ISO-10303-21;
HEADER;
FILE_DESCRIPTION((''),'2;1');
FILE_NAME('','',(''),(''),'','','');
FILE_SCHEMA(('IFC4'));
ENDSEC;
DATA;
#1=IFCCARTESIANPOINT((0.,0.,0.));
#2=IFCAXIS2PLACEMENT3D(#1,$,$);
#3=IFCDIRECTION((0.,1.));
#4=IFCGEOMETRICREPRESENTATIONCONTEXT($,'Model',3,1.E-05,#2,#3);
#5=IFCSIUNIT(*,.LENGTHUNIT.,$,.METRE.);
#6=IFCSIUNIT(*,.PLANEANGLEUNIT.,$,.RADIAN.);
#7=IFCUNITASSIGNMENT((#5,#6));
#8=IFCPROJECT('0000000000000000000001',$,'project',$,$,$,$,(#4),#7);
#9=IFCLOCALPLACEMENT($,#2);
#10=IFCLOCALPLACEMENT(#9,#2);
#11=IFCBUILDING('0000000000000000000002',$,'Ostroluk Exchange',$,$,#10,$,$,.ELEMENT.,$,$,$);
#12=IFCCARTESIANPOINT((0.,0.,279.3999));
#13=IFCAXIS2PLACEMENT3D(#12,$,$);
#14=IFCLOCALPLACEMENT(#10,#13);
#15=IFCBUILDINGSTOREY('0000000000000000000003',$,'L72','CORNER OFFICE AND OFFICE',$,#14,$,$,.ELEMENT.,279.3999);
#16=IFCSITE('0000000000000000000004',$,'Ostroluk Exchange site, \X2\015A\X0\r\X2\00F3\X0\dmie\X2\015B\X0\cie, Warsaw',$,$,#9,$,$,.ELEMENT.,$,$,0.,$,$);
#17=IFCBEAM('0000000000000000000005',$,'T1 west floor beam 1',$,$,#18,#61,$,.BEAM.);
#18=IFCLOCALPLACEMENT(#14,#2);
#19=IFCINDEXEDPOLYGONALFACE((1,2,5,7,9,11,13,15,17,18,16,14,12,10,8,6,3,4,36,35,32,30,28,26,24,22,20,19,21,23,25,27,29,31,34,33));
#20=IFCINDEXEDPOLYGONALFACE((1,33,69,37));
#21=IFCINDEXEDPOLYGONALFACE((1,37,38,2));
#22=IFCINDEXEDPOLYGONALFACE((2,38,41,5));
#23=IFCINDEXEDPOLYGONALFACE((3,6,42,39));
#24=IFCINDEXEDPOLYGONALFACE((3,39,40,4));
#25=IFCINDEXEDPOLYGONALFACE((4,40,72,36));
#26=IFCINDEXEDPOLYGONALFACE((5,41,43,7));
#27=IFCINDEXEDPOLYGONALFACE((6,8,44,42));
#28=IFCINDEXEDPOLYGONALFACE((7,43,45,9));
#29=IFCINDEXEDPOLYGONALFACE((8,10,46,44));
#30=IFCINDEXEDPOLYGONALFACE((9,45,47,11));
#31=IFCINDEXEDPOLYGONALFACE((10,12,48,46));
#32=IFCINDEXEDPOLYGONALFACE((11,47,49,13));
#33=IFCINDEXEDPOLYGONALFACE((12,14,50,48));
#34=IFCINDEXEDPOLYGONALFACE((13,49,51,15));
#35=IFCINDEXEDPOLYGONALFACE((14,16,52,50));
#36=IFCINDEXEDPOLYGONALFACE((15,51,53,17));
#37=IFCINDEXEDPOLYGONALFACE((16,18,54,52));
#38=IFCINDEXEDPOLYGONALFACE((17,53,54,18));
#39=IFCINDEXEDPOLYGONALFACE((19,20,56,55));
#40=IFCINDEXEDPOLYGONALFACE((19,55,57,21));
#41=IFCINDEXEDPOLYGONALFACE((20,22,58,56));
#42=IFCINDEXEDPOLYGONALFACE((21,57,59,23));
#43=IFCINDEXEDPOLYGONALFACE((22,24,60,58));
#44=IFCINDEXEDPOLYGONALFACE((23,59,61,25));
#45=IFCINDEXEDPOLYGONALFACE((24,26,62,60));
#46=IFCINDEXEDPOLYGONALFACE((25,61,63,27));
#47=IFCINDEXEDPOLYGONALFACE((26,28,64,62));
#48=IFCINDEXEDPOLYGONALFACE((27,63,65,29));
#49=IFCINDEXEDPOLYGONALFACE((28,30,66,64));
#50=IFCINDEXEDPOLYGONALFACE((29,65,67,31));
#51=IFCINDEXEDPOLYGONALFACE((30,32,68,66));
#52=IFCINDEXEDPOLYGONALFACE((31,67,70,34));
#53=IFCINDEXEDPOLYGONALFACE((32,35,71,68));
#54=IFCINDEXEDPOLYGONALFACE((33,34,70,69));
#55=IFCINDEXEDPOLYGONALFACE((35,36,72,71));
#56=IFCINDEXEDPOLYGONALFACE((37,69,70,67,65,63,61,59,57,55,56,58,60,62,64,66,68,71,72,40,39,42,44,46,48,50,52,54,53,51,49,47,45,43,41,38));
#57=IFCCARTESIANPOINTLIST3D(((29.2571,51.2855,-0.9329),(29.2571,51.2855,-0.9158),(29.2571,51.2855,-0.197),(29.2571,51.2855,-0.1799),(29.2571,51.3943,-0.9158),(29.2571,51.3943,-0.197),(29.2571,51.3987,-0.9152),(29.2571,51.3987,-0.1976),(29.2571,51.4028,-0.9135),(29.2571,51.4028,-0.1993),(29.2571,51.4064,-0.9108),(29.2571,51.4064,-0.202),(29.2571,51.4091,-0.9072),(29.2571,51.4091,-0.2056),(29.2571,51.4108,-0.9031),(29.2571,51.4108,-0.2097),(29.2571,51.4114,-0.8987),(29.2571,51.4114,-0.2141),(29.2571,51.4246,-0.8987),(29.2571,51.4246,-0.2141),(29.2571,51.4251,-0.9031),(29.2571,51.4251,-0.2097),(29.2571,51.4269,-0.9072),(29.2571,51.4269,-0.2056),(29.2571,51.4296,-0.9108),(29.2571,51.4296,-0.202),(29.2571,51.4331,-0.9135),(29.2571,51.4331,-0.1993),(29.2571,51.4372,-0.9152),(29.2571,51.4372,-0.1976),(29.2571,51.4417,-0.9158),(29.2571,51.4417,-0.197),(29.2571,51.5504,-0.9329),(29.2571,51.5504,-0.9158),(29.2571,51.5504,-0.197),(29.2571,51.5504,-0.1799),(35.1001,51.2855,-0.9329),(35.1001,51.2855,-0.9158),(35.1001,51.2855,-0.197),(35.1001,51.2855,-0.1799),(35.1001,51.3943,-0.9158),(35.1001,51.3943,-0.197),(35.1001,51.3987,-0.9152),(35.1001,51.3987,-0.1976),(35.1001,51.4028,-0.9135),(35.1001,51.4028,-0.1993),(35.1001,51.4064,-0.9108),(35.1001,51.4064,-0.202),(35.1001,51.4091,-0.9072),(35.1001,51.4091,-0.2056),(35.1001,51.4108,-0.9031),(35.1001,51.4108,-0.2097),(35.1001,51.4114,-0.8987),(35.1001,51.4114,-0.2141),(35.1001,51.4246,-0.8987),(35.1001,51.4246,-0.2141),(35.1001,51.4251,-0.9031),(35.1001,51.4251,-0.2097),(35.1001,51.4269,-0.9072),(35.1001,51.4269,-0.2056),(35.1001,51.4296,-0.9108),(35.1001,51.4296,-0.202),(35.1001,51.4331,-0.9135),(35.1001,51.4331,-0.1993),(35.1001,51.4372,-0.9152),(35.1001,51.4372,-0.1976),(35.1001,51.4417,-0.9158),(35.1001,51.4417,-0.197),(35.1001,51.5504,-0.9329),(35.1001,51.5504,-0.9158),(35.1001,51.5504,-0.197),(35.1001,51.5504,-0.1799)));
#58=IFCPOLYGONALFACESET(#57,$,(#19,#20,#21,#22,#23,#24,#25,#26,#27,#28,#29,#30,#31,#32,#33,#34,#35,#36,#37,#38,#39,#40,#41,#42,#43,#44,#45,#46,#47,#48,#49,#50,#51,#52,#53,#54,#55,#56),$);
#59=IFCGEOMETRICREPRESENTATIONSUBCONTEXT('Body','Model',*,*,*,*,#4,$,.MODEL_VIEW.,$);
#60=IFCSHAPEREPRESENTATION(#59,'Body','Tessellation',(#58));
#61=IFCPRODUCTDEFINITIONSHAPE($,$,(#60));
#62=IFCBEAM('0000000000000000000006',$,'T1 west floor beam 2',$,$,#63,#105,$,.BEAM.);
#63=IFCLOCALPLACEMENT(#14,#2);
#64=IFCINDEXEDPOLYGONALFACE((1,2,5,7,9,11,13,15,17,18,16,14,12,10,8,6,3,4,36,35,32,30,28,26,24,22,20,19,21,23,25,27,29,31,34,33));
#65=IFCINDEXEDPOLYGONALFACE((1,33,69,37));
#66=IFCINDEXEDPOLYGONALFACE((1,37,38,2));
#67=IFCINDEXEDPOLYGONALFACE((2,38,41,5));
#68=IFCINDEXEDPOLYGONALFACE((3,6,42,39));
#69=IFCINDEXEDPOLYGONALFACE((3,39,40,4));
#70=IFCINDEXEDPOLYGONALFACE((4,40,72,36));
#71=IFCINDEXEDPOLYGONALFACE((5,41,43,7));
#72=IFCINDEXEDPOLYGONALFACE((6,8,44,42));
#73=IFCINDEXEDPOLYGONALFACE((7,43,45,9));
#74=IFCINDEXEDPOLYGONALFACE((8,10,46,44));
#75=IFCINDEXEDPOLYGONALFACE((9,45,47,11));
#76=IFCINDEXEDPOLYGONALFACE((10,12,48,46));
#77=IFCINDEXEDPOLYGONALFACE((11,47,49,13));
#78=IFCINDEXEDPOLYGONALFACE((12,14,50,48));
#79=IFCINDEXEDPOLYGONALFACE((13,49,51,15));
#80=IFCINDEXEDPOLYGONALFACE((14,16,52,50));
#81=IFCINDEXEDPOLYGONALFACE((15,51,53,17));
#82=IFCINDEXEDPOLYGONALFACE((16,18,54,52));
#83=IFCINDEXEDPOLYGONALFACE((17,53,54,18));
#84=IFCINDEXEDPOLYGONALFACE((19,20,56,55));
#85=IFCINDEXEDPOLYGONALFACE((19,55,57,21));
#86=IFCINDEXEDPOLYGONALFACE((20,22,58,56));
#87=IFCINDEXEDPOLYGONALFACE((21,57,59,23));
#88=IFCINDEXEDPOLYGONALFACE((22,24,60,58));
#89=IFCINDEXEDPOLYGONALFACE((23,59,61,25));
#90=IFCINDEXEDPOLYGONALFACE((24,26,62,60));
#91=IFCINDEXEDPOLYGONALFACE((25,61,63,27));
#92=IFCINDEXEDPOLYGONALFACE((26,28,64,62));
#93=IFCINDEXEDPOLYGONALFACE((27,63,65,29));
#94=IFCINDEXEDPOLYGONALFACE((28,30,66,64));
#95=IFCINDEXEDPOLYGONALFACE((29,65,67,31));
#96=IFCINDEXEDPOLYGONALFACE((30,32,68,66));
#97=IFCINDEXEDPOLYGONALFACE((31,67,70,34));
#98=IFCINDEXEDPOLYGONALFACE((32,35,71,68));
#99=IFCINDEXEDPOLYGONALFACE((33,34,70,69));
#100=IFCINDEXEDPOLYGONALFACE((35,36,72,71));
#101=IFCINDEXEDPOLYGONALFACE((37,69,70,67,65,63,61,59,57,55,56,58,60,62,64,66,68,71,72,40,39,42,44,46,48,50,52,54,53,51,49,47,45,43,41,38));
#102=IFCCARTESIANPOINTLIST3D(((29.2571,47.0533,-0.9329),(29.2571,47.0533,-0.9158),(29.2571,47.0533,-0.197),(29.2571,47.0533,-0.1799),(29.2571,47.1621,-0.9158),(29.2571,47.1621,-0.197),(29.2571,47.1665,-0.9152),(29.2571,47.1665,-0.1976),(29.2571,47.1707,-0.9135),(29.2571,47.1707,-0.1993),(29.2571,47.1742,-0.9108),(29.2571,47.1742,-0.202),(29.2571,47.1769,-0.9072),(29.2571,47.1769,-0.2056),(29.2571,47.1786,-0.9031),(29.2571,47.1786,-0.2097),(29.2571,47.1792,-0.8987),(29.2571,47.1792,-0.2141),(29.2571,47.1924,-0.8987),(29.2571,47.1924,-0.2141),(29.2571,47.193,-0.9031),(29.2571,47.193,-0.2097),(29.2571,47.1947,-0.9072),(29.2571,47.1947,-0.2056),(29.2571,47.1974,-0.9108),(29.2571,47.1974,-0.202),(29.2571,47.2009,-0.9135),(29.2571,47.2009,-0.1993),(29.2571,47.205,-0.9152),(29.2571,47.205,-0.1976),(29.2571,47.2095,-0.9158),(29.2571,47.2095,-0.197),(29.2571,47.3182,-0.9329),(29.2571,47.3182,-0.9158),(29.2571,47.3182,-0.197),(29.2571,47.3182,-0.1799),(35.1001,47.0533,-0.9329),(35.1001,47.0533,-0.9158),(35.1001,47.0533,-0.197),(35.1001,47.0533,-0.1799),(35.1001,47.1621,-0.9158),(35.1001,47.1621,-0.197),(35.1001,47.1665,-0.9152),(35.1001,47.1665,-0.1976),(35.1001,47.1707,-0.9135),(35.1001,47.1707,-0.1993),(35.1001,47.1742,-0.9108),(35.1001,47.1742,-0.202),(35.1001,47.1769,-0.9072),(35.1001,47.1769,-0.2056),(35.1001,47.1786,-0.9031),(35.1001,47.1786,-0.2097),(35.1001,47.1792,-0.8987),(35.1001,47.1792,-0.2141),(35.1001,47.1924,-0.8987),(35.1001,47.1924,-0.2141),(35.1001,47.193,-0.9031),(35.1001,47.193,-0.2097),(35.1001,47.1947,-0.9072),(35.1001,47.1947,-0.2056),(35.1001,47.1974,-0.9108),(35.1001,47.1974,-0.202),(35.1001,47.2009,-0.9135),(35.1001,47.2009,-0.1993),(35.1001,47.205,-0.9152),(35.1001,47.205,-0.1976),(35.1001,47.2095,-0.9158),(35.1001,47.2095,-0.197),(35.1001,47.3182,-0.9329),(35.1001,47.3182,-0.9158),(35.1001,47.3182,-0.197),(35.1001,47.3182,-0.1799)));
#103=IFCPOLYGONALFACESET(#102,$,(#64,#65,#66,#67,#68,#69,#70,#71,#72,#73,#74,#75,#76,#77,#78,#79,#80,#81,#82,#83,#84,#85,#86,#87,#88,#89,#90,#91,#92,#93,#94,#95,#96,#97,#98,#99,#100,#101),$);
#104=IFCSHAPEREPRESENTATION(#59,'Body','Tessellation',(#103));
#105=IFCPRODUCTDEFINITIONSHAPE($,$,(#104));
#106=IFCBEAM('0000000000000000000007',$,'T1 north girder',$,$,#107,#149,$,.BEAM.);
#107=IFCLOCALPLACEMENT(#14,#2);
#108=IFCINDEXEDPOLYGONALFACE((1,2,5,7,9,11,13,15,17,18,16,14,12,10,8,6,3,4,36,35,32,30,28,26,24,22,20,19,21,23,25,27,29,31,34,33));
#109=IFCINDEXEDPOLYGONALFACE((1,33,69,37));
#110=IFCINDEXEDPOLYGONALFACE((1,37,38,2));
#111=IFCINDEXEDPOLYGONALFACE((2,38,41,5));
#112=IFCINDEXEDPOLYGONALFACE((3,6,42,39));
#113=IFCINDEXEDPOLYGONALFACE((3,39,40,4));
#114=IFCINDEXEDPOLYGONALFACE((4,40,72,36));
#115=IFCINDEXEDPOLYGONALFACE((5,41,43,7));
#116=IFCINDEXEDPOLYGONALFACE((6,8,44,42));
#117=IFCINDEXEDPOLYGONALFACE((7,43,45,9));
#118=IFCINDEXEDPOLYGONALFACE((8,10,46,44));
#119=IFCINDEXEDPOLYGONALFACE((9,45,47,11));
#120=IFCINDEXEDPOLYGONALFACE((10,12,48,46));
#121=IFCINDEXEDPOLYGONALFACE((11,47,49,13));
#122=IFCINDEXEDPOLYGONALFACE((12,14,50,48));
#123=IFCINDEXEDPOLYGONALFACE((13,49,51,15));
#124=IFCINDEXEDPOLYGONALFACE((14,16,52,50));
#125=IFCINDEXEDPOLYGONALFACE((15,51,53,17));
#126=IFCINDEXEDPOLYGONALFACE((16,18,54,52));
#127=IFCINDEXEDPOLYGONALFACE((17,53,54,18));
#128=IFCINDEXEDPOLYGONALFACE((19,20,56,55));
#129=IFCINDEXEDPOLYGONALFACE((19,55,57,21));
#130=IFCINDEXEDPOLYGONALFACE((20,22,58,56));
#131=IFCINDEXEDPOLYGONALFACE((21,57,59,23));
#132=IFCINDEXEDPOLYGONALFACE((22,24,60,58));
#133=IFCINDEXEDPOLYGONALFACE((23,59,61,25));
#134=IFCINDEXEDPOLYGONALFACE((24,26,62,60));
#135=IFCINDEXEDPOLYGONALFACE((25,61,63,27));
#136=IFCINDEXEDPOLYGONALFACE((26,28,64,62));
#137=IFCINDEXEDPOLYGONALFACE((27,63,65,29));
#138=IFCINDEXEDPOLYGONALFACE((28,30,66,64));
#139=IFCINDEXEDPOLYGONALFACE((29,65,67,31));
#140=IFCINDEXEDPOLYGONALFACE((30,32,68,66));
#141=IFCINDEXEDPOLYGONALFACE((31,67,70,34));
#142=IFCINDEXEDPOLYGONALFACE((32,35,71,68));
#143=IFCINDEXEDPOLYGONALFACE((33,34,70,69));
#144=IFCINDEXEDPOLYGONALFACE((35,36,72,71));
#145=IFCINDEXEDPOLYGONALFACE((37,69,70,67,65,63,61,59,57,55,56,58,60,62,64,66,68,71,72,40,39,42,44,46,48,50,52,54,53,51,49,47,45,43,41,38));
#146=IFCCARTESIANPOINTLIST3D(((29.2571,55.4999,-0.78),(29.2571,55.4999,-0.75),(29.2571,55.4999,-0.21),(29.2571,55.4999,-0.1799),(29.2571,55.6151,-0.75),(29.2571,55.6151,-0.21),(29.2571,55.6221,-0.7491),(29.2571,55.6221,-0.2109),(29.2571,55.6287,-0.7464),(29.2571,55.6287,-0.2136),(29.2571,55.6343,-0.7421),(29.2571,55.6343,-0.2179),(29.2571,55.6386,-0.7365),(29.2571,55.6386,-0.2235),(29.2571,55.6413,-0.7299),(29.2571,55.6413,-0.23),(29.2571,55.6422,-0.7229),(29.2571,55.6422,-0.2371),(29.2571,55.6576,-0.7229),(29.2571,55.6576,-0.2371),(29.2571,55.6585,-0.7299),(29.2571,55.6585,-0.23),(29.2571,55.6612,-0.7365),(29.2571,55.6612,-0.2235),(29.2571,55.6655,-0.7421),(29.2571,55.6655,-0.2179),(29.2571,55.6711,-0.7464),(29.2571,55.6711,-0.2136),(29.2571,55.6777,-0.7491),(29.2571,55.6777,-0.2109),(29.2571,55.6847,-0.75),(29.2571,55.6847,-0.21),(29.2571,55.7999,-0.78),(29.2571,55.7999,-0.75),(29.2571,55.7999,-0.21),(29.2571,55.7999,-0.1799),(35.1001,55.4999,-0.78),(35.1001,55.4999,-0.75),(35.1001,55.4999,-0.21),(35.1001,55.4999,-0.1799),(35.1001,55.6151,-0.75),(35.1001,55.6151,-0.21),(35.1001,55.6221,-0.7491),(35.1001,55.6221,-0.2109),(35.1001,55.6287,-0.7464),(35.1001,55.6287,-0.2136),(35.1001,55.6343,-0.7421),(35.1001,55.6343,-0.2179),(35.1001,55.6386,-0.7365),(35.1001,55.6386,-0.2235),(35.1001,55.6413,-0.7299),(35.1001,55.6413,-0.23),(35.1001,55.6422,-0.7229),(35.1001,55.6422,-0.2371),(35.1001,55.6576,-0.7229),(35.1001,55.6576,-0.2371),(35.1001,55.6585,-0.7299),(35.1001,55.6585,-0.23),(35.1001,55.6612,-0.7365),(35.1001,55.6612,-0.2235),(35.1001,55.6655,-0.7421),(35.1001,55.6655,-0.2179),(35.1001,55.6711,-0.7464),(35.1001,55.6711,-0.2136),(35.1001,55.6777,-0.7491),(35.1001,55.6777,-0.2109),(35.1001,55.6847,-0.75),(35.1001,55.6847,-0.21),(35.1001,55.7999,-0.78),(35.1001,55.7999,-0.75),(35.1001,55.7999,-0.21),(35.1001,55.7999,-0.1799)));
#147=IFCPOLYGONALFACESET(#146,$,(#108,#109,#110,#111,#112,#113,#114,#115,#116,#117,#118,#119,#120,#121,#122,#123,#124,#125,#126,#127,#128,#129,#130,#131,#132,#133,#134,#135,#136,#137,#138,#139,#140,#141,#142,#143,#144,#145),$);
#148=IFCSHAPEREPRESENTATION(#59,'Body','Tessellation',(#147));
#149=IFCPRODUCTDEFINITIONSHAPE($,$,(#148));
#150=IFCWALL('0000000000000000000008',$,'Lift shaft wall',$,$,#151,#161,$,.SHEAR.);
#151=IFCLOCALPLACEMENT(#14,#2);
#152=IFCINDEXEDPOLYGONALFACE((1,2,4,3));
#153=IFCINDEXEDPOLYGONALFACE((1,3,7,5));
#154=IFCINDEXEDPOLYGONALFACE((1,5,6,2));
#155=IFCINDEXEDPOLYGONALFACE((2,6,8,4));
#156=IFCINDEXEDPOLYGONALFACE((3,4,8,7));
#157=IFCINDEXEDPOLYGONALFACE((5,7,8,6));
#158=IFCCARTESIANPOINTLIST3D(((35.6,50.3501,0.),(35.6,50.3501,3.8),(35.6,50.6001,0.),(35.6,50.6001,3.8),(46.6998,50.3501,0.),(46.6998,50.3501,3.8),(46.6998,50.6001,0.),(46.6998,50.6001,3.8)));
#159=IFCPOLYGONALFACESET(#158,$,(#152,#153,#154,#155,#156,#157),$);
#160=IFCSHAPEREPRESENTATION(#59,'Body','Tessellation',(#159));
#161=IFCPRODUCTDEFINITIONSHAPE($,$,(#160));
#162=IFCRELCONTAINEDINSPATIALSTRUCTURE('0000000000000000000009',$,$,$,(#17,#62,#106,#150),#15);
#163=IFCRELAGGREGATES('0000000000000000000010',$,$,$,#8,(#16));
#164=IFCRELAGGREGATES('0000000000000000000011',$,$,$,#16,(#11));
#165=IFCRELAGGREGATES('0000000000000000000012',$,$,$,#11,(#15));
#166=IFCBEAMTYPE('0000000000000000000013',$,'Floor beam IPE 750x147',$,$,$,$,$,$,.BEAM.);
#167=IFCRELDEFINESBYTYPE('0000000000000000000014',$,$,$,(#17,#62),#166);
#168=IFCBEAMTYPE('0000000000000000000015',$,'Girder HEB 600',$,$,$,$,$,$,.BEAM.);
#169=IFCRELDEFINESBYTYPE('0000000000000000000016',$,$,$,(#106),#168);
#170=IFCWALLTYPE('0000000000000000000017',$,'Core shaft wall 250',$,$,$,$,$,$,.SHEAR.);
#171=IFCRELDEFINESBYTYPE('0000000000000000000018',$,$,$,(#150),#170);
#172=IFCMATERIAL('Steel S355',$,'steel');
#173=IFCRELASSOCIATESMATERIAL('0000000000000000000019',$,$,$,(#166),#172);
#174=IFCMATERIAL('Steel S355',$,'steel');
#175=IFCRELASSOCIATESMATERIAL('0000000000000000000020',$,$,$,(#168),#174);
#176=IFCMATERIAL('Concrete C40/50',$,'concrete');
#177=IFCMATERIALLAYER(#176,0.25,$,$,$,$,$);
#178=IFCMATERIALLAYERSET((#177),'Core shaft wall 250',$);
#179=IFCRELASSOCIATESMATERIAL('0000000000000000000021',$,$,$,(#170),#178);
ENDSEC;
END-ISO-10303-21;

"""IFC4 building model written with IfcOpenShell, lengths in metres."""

from ifc_helpers import new_model, si_unit, direction, frame, frame_2d, origin, origin_2d, place, context, subcontext, project, spatial, rectangle, i_section, extrude, material, layer, layer_set, material_profile, profile_set, type_object, element, save


model = new_model("IFC4")

# Units and contexts
model_context = context("Model", 3, precision=1e-05, world=origin(), true_north=direction((0.0, 1.0)))
body_context = subcontext(model_context, "Body", "Model", "MODEL_VIEW")
ifc_project = project(units=[si_unit("LENGTHUNIT", "METRE"), si_unit("PLANEANGLEUNIT", "RADIAN")], contexts=[model_context])

# Site, building, storey
site_placement = place(None, origin())
site = spatial("IfcSite", under=ifc_project, at=site_placement, Name="Ostroluk Exchange site, Śródmieście, Warsaw", CompositionType="ELEMENT", RefElevation=0.0)
building_placement = place(site_placement, origin())
building = spatial("IfcBuilding", under=site, at=building_placement, Name="Ostroluk Exchange", CompositionType="ELEMENT")
storey_placement = place(building_placement, frame((0.0, 0.0, 279.3999)))
storey = spatial("IfcBuildingStorey", under=building, at=storey_placement, Name="L72", Description="CORNER OFFICE AND OFFICE", CompositionType="ELEMENT", Elevation=279.3999)

# Beams
ifc_material_1 = material(Name="Steel S355", Category="steel")
ifc_material_profile_1 = material_profile(ifc_material_1, i_section(OverallWidth=0.2649, OverallDepth=0.7529, WebThickness=0.0132, FlangeThickness=0.0171, FilletRadius=0.0171, at=origin_2d()), Name="IPE 750x147")
ifc_profile_set_1 = profile_set([ifc_material_profile_1], Name="Steel S355")
beam_type_1 = type_object("IfcBeamType", Name="Floor beam IPE 750x147", PredefinedType="BEAM", material=ifc_profile_set_1)
for number, where, z_axis, x_axis, name in (
    (1, (35.1001, 51.418, -0.5564), (-1.0, 0.0, 0.0), (0.0, -1.0, 0.0), "T1 west floor beam 1"),
    (2, (35.1001, 47.1858, -0.5564), (-1.0, 0.0, 0.0), (0.0, -1.0, 0.0), "T1 west floor beam 2"),
):
    element("IfcBeam", number, at=place(storey_placement, frame(where, z_axis=z_axis, x_axis=x_axis)), inside=storey, type_object=beam_type_1, Name=name, PredefinedType="BEAM", context=body_context, shape_type="SweptSolid", body=[
        extrude(i_section(OverallWidth=0.2649, OverallDepth=0.7529, WebThickness=0.0132, FlangeThickness=0.0171, FilletRadius=0.0171, at=origin_2d()), origin(), (0.0, 0.0, 1.0), 5.843),
    ])
ifc_material_2 = material(Name="Steel S355", Category="steel")
ifc_material_profile_2 = material_profile(ifc_material_2, i_section(OverallWidth=0.3, OverallDepth=0.6001, WebThickness=0.0154, FlangeThickness=0.03, FilletRadius=0.0271, at=origin_2d()), Name="HEB 600")
ifc_profile_set_2 = profile_set([ifc_material_profile_2], Name="Steel S355")
beam_type_2 = type_object("IfcBeamType", Name="Girder HEB 600", PredefinedType="BEAM", material=ifc_profile_set_2)
beam_placement = place(storey_placement, frame((35.1001, 55.6499, -0.48), z_axis=(-1.0, 0.0, 0.0), x_axis=(0.0, -1.0, 0.0)))
element("IfcBeam", 3, at=beam_placement, inside=storey, type_object=beam_type_2, Name="T1 north girder", PredefinedType="BEAM", context=body_context, shape_type="SweptSolid", body=[
    extrude(i_section(OverallWidth=0.3, OverallDepth=0.6001, WebThickness=0.0154, FlangeThickness=0.03, FilletRadius=0.0271, at=origin_2d()), origin(), (0.0, 0.0, 1.0), 5.843),
])

# Wall
ifc_material_3 = material(Name="Concrete C40/50", Category="concrete")
ifc_layer_1 = layer(ifc_material_3, 0.25)
ifc_layer_set_1 = layer_set([ifc_layer_1], Name="Core shaft wall 250")
wall_type_1 = type_object("IfcWallType", Name="Core shaft wall 250", PredefinedType="SHEAR", material=ifc_layer_set_1)
wall_1_placement = place(storey_placement, frame((35.6001, 50.4751, 0.0), z_axis=(0.0, 0.0, 1.0), x_axis=(1.0, 0.0, 0.0)))
element("IfcWall", 4, at=wall_1_placement, inside=storey, type_object=wall_type_1, Name="Lift shaft wall", PredefinedType="SHEAR", context=body_context, shape_type="SweptSolid", body=[
    extrude(rectangle(XDim=11.0999, YDim=0.25, at=frame_2d((5.5498, 0.0))), origin(), (0.0, 0.0, 1.0), 3.8),
])

save(model, "model.ifc")
